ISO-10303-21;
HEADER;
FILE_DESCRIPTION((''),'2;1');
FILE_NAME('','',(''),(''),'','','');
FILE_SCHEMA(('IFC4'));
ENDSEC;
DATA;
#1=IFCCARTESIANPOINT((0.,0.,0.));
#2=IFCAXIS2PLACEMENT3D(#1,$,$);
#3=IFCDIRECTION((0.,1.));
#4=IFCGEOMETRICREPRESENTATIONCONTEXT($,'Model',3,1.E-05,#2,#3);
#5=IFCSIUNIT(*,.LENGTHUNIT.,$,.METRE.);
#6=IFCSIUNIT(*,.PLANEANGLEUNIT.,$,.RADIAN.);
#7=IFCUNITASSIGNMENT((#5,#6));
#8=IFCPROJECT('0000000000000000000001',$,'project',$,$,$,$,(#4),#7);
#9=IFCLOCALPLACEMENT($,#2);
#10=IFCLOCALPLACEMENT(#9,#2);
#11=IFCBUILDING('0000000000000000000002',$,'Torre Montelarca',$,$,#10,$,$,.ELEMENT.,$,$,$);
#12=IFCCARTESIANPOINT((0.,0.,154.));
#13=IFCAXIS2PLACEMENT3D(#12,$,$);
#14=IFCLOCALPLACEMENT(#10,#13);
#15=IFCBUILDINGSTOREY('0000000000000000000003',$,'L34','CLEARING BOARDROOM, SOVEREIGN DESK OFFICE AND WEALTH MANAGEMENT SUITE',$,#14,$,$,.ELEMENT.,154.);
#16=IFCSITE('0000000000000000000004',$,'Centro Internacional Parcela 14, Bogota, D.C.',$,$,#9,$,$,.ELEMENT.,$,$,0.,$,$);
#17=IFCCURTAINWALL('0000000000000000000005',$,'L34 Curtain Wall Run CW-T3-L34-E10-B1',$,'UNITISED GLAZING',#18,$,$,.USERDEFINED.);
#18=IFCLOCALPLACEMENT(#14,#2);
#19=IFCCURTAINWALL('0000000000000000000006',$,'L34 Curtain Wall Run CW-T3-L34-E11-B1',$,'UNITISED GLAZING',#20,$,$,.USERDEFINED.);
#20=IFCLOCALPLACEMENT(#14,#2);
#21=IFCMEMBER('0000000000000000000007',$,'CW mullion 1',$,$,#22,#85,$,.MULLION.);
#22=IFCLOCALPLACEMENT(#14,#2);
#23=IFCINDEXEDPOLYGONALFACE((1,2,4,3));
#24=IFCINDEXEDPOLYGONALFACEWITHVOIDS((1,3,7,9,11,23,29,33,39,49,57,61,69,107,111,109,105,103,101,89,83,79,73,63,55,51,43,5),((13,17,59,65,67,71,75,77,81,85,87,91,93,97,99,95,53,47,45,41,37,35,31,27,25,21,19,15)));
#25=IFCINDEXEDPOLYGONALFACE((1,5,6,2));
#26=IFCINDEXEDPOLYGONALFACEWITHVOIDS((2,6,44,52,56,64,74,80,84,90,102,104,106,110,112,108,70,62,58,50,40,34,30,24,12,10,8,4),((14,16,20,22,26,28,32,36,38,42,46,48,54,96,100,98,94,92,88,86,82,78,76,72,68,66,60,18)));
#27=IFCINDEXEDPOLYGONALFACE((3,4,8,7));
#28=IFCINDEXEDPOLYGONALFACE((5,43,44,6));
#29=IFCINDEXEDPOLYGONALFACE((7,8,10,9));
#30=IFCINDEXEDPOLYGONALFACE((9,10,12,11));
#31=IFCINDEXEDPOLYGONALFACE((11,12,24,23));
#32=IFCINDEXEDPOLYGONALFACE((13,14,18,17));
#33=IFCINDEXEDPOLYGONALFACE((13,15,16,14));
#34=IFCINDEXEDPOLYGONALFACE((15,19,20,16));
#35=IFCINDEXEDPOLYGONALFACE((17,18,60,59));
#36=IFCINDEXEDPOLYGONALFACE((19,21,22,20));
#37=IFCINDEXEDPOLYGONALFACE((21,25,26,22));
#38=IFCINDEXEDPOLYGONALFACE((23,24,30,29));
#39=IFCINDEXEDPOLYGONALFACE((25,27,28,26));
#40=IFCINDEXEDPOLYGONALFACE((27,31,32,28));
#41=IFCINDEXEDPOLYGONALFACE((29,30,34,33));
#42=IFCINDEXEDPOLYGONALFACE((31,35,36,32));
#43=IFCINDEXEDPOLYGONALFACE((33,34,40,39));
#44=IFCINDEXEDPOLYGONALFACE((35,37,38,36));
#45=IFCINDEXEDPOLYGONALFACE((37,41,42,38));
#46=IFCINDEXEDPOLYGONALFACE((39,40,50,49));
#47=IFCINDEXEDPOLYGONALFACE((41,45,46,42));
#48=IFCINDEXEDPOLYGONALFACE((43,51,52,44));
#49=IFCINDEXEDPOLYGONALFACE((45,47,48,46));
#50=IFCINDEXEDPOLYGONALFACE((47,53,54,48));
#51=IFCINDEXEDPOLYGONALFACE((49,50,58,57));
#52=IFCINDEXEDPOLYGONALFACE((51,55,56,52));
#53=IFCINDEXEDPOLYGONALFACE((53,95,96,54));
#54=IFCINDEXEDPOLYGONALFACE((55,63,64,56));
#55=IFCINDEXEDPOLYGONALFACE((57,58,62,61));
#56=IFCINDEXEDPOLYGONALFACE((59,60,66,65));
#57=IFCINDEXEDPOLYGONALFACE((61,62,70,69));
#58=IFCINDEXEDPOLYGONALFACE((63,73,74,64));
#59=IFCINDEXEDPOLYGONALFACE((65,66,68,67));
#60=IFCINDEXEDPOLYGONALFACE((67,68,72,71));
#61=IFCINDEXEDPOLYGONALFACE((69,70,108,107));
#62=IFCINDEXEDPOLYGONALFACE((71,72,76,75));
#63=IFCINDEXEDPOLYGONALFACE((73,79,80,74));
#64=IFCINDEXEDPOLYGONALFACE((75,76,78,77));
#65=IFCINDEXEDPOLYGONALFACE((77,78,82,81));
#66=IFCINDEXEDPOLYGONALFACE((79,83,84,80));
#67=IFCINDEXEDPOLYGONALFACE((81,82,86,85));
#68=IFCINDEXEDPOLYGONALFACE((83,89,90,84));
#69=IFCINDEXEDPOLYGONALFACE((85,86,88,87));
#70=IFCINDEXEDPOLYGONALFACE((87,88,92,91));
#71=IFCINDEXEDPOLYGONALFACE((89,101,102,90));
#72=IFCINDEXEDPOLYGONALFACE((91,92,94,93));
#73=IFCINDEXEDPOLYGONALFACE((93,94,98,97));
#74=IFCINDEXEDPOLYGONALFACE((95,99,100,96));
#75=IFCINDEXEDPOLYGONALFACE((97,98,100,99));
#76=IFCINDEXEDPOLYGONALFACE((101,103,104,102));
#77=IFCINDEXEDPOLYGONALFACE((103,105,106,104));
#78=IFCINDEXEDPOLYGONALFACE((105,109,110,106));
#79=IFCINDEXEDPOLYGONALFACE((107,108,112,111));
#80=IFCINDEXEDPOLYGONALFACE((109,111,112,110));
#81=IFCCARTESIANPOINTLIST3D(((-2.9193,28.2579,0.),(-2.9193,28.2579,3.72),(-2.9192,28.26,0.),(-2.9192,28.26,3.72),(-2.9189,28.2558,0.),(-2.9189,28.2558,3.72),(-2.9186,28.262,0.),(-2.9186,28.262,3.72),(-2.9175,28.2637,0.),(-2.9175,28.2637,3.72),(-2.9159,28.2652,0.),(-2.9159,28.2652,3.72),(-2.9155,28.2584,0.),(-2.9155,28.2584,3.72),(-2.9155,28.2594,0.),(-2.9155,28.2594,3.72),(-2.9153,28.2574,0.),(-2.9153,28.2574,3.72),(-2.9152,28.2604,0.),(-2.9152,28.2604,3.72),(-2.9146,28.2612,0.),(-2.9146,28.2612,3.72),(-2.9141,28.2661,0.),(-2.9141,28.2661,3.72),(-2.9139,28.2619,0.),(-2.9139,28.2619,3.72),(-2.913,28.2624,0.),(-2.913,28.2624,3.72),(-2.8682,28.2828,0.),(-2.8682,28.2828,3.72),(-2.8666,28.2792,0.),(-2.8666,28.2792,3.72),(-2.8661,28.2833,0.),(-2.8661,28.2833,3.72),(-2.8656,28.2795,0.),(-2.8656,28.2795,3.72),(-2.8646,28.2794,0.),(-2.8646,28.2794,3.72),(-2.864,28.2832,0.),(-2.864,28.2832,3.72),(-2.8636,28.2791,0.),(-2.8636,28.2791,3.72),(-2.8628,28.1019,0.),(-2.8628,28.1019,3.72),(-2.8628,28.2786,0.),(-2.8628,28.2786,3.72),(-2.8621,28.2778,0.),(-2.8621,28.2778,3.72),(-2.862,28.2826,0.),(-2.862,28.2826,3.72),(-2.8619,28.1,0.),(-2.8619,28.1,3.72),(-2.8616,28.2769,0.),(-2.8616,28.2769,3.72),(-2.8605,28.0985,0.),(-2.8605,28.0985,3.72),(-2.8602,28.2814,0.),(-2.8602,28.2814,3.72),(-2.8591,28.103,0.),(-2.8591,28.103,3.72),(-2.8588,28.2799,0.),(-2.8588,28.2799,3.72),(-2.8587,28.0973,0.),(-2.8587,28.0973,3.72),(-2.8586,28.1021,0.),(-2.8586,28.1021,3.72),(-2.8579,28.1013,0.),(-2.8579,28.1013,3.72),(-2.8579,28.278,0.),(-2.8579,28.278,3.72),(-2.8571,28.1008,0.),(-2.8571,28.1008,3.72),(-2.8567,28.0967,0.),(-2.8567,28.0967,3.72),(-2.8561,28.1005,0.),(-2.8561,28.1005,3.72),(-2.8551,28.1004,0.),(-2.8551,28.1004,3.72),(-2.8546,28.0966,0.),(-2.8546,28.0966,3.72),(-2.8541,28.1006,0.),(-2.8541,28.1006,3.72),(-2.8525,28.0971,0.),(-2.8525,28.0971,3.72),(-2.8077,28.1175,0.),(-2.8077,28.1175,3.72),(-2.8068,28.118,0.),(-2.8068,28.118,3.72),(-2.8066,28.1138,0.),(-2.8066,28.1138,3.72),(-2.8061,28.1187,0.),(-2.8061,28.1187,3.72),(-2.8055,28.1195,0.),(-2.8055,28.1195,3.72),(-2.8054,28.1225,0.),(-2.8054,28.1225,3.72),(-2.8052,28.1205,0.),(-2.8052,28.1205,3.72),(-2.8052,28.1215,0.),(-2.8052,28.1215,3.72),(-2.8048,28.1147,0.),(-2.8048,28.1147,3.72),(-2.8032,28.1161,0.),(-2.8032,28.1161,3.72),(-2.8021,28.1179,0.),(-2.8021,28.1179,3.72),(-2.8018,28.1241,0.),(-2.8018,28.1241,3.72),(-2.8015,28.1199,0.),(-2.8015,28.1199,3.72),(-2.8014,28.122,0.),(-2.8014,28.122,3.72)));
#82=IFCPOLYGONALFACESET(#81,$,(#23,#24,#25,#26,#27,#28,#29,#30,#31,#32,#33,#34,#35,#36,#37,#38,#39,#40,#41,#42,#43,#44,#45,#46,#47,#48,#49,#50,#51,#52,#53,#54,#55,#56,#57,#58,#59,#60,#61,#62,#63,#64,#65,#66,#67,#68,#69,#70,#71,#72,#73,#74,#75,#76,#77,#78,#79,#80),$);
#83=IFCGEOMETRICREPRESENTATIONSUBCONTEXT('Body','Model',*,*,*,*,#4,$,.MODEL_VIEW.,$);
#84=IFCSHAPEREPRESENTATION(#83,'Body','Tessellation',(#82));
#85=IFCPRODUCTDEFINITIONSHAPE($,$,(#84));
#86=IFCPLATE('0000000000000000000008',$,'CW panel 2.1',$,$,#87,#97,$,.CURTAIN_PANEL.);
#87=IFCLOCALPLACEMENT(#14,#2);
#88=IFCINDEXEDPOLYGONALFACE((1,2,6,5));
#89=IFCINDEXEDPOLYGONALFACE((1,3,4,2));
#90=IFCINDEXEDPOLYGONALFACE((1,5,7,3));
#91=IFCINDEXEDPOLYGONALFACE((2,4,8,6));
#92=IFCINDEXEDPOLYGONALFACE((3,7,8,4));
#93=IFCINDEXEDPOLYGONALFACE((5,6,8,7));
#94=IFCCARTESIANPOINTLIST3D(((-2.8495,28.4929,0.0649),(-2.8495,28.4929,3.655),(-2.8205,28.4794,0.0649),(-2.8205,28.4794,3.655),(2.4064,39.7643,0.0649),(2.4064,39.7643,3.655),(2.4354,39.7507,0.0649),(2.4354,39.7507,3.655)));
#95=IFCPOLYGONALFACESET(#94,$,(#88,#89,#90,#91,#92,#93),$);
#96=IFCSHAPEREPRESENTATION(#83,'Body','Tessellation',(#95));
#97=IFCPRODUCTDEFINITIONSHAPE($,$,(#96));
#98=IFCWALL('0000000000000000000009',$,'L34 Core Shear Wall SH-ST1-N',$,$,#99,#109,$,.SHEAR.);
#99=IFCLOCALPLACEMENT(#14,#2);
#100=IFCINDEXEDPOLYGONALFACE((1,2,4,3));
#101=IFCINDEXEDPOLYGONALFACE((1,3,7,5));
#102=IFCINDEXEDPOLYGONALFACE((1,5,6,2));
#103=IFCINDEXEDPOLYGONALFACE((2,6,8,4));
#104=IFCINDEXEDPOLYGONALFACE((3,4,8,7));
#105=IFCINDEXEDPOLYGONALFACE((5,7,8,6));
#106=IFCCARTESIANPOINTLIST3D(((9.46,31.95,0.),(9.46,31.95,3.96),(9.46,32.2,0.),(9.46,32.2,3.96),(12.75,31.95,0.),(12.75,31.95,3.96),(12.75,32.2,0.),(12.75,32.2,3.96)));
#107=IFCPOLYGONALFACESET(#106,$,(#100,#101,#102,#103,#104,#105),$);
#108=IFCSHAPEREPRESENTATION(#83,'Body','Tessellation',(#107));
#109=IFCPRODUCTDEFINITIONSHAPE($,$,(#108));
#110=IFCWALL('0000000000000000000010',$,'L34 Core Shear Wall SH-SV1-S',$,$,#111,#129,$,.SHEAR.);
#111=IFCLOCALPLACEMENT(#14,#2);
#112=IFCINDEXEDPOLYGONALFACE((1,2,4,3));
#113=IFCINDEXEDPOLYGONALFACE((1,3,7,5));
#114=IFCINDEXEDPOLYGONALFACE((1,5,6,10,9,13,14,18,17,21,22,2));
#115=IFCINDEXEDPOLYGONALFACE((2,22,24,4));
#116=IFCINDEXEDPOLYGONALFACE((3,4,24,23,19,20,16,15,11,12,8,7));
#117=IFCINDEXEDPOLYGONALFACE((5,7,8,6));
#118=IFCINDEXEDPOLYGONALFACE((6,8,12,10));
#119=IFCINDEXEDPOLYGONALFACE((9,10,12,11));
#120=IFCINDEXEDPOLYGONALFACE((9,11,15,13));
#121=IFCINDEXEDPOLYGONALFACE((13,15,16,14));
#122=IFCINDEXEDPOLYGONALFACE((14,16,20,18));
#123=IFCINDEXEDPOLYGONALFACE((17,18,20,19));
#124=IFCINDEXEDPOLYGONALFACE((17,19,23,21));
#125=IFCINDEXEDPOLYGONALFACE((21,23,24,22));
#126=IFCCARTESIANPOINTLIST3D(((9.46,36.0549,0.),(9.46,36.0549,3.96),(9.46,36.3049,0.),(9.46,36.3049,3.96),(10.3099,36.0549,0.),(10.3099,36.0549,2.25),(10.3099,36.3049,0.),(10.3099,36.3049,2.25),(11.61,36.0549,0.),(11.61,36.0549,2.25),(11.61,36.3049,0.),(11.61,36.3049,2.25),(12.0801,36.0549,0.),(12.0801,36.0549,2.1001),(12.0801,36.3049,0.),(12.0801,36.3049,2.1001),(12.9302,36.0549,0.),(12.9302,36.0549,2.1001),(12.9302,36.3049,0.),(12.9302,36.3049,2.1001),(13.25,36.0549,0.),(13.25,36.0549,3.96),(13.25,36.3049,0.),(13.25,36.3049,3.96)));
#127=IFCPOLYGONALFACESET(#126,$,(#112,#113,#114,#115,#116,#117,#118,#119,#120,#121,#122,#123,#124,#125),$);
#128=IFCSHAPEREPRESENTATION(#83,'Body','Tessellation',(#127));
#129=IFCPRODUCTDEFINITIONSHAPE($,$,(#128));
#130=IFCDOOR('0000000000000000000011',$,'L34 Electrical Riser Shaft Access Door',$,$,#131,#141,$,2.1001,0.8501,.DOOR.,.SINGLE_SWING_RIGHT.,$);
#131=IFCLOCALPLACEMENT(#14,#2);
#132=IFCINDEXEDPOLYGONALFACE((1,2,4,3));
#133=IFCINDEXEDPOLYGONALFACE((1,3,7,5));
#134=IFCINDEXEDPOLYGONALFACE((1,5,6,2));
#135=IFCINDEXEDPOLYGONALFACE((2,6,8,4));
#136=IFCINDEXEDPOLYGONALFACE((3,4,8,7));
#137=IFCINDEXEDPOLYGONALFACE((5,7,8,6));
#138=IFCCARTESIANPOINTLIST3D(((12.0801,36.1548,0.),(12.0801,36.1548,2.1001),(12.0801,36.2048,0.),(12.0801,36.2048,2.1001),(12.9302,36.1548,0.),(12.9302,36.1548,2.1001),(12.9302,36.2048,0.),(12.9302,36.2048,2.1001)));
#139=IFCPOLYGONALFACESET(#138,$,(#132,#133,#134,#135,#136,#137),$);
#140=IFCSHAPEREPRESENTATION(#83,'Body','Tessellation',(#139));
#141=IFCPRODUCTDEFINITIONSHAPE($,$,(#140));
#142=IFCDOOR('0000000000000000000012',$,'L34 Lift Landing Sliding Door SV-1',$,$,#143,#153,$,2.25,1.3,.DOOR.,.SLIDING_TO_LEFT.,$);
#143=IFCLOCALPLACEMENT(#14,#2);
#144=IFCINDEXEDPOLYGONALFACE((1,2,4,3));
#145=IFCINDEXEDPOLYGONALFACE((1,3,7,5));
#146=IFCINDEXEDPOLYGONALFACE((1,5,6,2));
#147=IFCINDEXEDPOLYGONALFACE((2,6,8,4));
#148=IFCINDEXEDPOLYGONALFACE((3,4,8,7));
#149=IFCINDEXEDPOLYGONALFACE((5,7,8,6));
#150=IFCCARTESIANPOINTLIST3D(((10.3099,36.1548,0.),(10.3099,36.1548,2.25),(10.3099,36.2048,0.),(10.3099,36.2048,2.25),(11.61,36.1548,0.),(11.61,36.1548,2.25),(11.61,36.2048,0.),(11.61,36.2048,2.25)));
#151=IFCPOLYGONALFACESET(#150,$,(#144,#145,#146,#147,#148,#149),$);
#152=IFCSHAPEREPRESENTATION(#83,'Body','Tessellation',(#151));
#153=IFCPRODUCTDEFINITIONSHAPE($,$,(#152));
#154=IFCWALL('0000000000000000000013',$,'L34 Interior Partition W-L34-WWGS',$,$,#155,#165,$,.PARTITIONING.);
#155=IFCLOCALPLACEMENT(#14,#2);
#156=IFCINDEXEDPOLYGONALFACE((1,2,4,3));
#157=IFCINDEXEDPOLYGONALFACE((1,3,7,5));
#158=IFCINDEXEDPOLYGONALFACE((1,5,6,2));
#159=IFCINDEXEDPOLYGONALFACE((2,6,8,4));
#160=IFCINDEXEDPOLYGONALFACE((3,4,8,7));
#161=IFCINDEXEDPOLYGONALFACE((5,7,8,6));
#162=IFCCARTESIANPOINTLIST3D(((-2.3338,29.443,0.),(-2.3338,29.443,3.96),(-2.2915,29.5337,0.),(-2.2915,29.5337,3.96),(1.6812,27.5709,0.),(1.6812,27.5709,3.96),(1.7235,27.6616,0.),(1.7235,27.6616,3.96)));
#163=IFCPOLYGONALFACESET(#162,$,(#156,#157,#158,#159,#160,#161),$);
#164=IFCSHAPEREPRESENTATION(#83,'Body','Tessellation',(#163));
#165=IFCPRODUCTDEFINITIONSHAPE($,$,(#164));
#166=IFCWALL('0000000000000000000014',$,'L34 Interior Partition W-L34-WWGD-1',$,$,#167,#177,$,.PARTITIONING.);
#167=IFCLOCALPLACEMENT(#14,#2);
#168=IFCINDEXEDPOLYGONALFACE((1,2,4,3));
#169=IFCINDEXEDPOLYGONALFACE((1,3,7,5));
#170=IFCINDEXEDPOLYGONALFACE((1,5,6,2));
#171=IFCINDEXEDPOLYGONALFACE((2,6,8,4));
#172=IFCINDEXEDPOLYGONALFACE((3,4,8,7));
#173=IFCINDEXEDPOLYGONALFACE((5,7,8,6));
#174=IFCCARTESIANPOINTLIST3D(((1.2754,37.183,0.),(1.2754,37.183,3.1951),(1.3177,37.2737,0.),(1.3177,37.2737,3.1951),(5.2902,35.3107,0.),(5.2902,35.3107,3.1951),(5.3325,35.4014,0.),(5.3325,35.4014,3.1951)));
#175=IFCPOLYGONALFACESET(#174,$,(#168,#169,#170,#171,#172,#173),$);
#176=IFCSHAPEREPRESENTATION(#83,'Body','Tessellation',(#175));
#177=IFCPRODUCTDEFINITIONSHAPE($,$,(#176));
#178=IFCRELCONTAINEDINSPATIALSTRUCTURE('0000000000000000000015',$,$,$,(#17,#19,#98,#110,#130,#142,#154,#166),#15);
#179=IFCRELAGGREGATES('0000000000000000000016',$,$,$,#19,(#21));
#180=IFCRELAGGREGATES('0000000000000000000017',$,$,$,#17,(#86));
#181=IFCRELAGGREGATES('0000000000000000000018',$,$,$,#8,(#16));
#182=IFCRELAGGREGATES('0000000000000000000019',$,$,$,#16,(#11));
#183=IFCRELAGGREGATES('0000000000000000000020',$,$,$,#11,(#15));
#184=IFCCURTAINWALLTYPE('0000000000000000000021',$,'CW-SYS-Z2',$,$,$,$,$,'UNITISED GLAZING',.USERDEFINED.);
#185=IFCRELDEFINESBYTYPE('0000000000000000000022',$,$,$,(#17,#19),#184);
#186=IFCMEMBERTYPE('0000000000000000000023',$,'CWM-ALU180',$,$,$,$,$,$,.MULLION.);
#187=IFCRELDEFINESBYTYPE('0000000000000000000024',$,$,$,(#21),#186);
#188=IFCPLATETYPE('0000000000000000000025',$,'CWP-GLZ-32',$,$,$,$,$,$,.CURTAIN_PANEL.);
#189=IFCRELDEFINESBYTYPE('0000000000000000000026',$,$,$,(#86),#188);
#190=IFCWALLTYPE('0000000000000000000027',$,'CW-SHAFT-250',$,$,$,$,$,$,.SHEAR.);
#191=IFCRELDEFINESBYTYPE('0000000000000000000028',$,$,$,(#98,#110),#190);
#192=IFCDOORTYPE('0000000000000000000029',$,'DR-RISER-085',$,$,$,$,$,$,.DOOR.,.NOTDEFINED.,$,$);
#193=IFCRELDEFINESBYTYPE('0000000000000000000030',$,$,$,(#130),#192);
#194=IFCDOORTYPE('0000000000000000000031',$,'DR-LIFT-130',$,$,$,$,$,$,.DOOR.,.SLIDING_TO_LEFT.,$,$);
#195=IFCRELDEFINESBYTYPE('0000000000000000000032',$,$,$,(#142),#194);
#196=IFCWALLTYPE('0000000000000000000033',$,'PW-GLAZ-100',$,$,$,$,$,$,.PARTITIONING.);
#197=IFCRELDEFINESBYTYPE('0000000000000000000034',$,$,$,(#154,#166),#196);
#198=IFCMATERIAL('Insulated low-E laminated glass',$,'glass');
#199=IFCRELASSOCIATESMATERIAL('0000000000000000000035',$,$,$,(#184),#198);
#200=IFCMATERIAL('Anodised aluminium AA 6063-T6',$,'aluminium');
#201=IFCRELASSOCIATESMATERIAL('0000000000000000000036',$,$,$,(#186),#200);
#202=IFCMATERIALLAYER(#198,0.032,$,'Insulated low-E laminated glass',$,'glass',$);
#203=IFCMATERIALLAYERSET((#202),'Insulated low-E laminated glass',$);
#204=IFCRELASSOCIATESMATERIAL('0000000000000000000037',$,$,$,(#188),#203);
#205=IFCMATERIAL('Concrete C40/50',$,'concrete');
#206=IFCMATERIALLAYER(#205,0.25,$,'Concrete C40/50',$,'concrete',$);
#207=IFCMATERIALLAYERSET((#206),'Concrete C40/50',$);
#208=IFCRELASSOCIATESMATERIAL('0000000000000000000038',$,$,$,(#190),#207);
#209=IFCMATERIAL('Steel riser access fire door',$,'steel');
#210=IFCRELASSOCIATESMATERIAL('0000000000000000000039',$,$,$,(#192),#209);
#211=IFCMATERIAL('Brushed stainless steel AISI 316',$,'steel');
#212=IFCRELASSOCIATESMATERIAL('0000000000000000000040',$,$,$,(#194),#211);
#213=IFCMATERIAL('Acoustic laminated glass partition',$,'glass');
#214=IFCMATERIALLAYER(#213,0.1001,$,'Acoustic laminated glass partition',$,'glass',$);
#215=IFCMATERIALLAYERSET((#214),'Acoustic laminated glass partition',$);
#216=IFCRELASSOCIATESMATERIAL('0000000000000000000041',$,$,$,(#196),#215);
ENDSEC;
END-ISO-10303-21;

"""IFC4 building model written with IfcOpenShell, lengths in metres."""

from ifc_helpers import new_model, si_unit, direction, frame, frame_2d, origin, origin_2d, place, context, subcontext, project, spatial, rectangle, hollow_rectangle, extrude, source, transform, mapped, material, layer, layer_set, material_profile, profile_set, type_object, element, fill, aggregate, save


model = new_model("IFC4")

# Units and contexts
model_context = context("Model", 3, precision=1e-05, world=origin(), true_north=direction((0.0, 1.0)))
body_context = subcontext(model_context, "Body", "Model", "MODEL_VIEW")
ifc_project = project(units=[si_unit("LENGTHUNIT", "METRE"), si_unit("PLANEANGLEUNIT", "RADIAN")], contexts=[model_context])

# Site, building, storey
site_placement = place(None, origin())
site = spatial("IfcSite", under=ifc_project, at=site_placement, Name="Centro Internacional Parcela 14, Bogota, D.C.", CompositionType="ELEMENT", RefElevation=0.0)
building_placement = place(site_placement, origin())
building = spatial("IfcBuilding", under=site, at=building_placement, Name="Torre Montelarca", CompositionType="ELEMENT")
storey_placement = place(building_placement, frame((0.0, 0.0, 154.0)))
storey = spatial("IfcBuildingStorey", under=building, at=storey_placement, Name="L34", Description="CLEARING BOARDROOM, SOVEREIGN DESK OFFICE AND WEALTH MANAGEMENT SUITE", CompositionType="ELEMENT", Elevation=154.0)

# Curtain walls, member
ifc_material_1 = material(Name="Insulated low-E laminated glass", Category="glass")
curtain_wall_type = type_object("IfcCurtainWallType", Name="CW-SYS-Z2", ElementType="UNITISED GLAZING", PredefinedType="USERDEFINED", material=ifc_material_1)
curtain_wall_1_placement = place(storey_placement, origin())
curtain_wall_1 = element("IfcCurtainWall", 1, at=curtain_wall_1_placement, inside=storey, type_object=curtain_wall_type, Name="L34 Curtain Wall Run CW-T3-L34-E10-B1", ObjectType="UNITISED GLAZING", PredefinedType="USERDEFINED")
ifc_material_2 = material(Name="Anodised aluminium AA 6063-T6", Category="aluminium")
ifc_material_profile_1 = material_profile(ifc_material_2, hollow_rectangle(XDim=0.0649, YDim=0.1799, WallThickness=0.0039, InnerFilletRadius=0.0039, OuterFilletRadius=0.0081, at=origin_2d()), Name="ALU65X180X4", Category="aluminium")
ifc_profile_set_1 = profile_set([ifc_material_profile_1], Name="Anodised aluminium AA 6063-T6")
member_type = type_object("IfcMemberType", Name="CWM-ALU180", PredefinedType="MULLION", material=ifc_profile_set_1)
shared_shape_1 = source(origin(), body_context, "Body", "SweptSolid", [
    extrude(hollow_rectangle(XDim=0.0649, YDim=0.1799, WallThickness=0.0039, InnerFilletRadius=0.0039, OuterFilletRadius=0.0081, at=origin_2d()), origin(), (0.0, 0.0, 1.0), 3.72),
])
curtain_wall_2_placement = place(storey_placement, origin())
curtain_wall_2 = element("IfcCurtainWall", 2, at=curtain_wall_2_placement, inside=storey, type_object=curtain_wall_type, Name="L34 Curtain Wall Run CW-T3-L34-E11-B1", ObjectType="UNITISED GLAZING", PredefinedType="USERDEFINED")
member_1_placement = place(storey_placement, frame((-2.8604, 28.1899, 0.0), z_axis=(0.0, 0.0, 1.0), x_axis=(0.939694, 0.342016, 0.0)))
member_1 = element("IfcMember", 3, at=member_1_placement, type_object=member_type, Name="CW mullion 1", PredefinedType="MULLION", context=body_context, shape_type="MappedRepresentation", body=[
    mapped(shared_shape_1, transform((0.0, 0.0, 0.0), scale=1.0)),
])
aggregate(curtain_wall_2, [member_1])

# Plate
ifc_layer_1 = layer(ifc_material_1, 0.032, Name="Insulated low-E laminated glass", Category="glass")
ifc_layer_set_1 = layer_set([ifc_layer_1], Name="Insulated low-E laminated glass")
plate_type = type_object("IfcPlateType", Name="CWP-GLZ-32", PredefinedType="CURTAIN_PANEL", material=ifc_layer_set_1)
shared_shape_2 = source(origin(), body_context, "Body", "SweptSolid", [
    extrude(rectangle(XDim=12.4365, YDim=0.032, at=origin_2d()), origin(), (0.0, 0.0, 1.0), 3.5901),
])
plate_placement = place(storey_placement, frame((-0.207, 34.1218, 0.0649), z_axis=(0.0, 0.0, 1.0), x_axis=(-0.422614, -0.90631, 0.0)))
plate = element("IfcPlate", 4, at=plate_placement, type_object=plate_type, Name="CW panel 2.1", PredefinedType="CURTAIN_PANEL", context=body_context, shape_type="MappedRepresentation", body=[
    mapped(shared_shape_2, transform((0.0, 0.0, 0.0), scale=1.0)),
])
aggregate(curtain_wall_1, [plate])

# Wall
ifc_material_3 = material(Name="Concrete C40/50", Category="concrete")
ifc_layer_2 = layer(ifc_material_3, 0.25, Name="Concrete C40/50", Category="concrete")
ifc_layer_set_2 = layer_set([ifc_layer_2], Name="Concrete C40/50")
wall_type_1 = type_object("IfcWallType", Name="CW-SHAFT-250", PredefinedType="SHEAR", material=ifc_layer_set_2)
wall_1_placement = place(storey_placement, frame((9.46, 32.075, 0.0), z_axis=(0.0, 0.0, 1.0), x_axis=(1.0, 0.0, 0.0)))
element("IfcWall", 5, at=wall_1_placement, inside=storey, type_object=wall_type_1, Name="L34 Core Shear Wall SH-ST1-N", PredefinedType="SHEAR", context=body_context, shape_type="SweptSolid", body=[
    extrude(rectangle(XDim=3.29, YDim=0.25, at=frame_2d((1.645, 0.0))), origin(), (0.0, 0.0, 1.0), 3.96),
])

# Wall, openings, doors
wall_2_placement = place(storey_placement, frame((9.46, 36.1799, 0.0), z_axis=(0.0, 0.0, 1.0), x_axis=(1.0, 0.0, 0.0)))
wall_2 = element("IfcWall", 6, at=wall_2_placement, inside=storey, type_object=wall_type_1, Name="L34 Core Shear Wall SH-SV1-S", PredefinedType="SHEAR", context=body_context, shape_type="SweptSolid", body=[
    extrude(rectangle(XDim=3.79, YDim=0.25, at=frame_2d((1.895, 0.0))), origin(), (0.0, 0.0, 1.0), 3.96),
])
opening_1_placement = place(wall_2_placement, frame((2.6201, 0.0, 0.0)))
opening_1 = element("IfcOpeningElement", 7, at=opening_1_placement, cuts=wall_2, PredefinedType="OPENING", context=body_context, shape_type="SweptSolid", body=[
    extrude(rectangle(XDim=0.8501, YDim=2.1001, at=frame_2d((0.425, 1.05))), frame((0.0, 0.135, 0.0), z_axis=(0.0, -1.0, 0.0), x_axis=(1.0, 0.0, 0.0)), (0.0, 0.0, 1.0), 0.27),
])
opening_2_placement = place(wall_2_placement, frame((0.8501, 0.0, 0.0)))
opening_2 = element("IfcOpeningElement", 8, at=opening_2_placement, cuts=wall_2, PredefinedType="OPENING", context=body_context, shape_type="SweptSolid", body=[
    extrude(rectangle(XDim=1.3, YDim=2.25, at=frame_2d((0.6499, 1.125))), frame((0.0, 0.135, 0.0), z_axis=(0.0, -1.0, 0.0), x_axis=(1.0, 0.0, 0.0)), (0.0, 0.0, 1.0), 0.27),
])
ifc_material_4 = material(Name="Steel riser access fire door", Category="steel")
door_type_1 = type_object("IfcDoorType", Name="DR-RISER-085", OperationType="NOTDEFINED", PredefinedType="DOOR", material=ifc_material_4)
shared_shape_3 = source(origin(), body_context, "Body", "SweptSolid", [
    extrude(rectangle(XDim=0.8501, YDim=2.1001, at=frame_2d((0.425, 1.05))), frame((0.0, 0.0249, 0.0), z_axis=(0.0, -1.0, 0.0), x_axis=(1.0, 0.0, 0.0)), (0.0, 0.0, 1.0), 0.05),
])
door_1_placement = place(opening_1_placement, origin())
door_1 = element("IfcDoor", 9, at=door_1_placement, inside=storey, type_object=door_type_1, Name="L34 Electrical Riser Shaft Access Door", OperationType="SINGLE_SWING_RIGHT", OverallHeight=2.1001, OverallWidth=0.8501, PredefinedType="DOOR", context=body_context, shape_type="MappedRepresentation", body=[
    mapped(shared_shape_3, transform((0.0, 0.0, 0.0), scale=1.0)),
])
fill(opening_1, door_1)
ifc_material_5 = material(Name="Brushed stainless steel AISI 316", Category="steel")
door_type_2 = type_object("IfcDoorType", Name="DR-LIFT-130", OperationType="SLIDING_TO_LEFT", PredefinedType="DOOR", material=ifc_material_5)
shared_shape_4 = source(origin(), body_context, "Body", "SweptSolid", [
    extrude(rectangle(XDim=1.3, YDim=2.25, at=frame_2d((0.6499, 1.125))), frame((0.0, 0.0249, 0.0), z_axis=(0.0, -1.0, 0.0), x_axis=(1.0, 0.0, 0.0)), (0.0, 0.0, 1.0), 0.05),
])
door_2_placement = place(opening_2_placement, origin())
door_2 = element("IfcDoor", 10, at=door_2_placement, inside=storey, type_object=door_type_2, Name="L34 Lift Landing Sliding Door SV-1", OperationType="SLIDING_TO_LEFT", OverallHeight=2.25, OverallWidth=1.3, PredefinedType="DOOR", context=body_context, shape_type="MappedRepresentation", body=[
    mapped(shared_shape_4, transform((0.0, 0.0, 0.0), scale=1.0)),
])
fill(opening_2, door_2)

# Walls
ifc_material_6 = material(Name="Acoustic laminated glass partition", Category="glass")
ifc_layer_3 = layer(ifc_material_6, 0.1001, Name="Acoustic laminated glass partition", Category="glass")
ifc_layer_set_3 = layer_set([ifc_layer_3], Name="Acoustic laminated glass partition")
wall_type_2 = type_object("IfcWallType", Name="PW-GLAZ-100", PredefinedType="PARTITIONING", material=ifc_layer_set_3)
wall_3_placement = place(storey_placement, frame((-2.3125, 29.4883, 0.0), z_axis=(0.0, 0.0, 1.0), x_axis=(0.906317, -0.422599, 0.0)))
element("IfcWall", 11, at=wall_3_placement, inside=storey, type_object=wall_type_2, Name="L34 Interior Partition W-L34-WWGS", PredefinedType="PARTITIONING", context=body_context, shape_type="SweptSolid", body=[
    extrude(rectangle(XDim=4.4299, YDim=0.1001, at=frame_2d((2.2148, 0.0))), origin(), (0.0, 0.0, 1.0), 3.96),
])
wall_4_placement = place(storey_placement, frame((1.2966, 37.2283, 0.0), z_axis=(0.0, 0.0, 1.0), x_axis=(0.906296, -0.422644, 0.0)))
element("IfcWall", 12, at=wall_4_placement, inside=storey, type_object=wall_type_2, Name="L34 Interior Partition W-L34-WWGD-1", PredefinedType="PARTITIONING", context=body_context, shape_type="SweptSolid", body=[
    extrude(rectangle(XDim=4.4299, YDim=0.1001, at=frame_2d((2.2148, 0.0))), origin(), (0.0, 0.0, 1.0), 3.1951),
])

save(model, "model.ifc")
